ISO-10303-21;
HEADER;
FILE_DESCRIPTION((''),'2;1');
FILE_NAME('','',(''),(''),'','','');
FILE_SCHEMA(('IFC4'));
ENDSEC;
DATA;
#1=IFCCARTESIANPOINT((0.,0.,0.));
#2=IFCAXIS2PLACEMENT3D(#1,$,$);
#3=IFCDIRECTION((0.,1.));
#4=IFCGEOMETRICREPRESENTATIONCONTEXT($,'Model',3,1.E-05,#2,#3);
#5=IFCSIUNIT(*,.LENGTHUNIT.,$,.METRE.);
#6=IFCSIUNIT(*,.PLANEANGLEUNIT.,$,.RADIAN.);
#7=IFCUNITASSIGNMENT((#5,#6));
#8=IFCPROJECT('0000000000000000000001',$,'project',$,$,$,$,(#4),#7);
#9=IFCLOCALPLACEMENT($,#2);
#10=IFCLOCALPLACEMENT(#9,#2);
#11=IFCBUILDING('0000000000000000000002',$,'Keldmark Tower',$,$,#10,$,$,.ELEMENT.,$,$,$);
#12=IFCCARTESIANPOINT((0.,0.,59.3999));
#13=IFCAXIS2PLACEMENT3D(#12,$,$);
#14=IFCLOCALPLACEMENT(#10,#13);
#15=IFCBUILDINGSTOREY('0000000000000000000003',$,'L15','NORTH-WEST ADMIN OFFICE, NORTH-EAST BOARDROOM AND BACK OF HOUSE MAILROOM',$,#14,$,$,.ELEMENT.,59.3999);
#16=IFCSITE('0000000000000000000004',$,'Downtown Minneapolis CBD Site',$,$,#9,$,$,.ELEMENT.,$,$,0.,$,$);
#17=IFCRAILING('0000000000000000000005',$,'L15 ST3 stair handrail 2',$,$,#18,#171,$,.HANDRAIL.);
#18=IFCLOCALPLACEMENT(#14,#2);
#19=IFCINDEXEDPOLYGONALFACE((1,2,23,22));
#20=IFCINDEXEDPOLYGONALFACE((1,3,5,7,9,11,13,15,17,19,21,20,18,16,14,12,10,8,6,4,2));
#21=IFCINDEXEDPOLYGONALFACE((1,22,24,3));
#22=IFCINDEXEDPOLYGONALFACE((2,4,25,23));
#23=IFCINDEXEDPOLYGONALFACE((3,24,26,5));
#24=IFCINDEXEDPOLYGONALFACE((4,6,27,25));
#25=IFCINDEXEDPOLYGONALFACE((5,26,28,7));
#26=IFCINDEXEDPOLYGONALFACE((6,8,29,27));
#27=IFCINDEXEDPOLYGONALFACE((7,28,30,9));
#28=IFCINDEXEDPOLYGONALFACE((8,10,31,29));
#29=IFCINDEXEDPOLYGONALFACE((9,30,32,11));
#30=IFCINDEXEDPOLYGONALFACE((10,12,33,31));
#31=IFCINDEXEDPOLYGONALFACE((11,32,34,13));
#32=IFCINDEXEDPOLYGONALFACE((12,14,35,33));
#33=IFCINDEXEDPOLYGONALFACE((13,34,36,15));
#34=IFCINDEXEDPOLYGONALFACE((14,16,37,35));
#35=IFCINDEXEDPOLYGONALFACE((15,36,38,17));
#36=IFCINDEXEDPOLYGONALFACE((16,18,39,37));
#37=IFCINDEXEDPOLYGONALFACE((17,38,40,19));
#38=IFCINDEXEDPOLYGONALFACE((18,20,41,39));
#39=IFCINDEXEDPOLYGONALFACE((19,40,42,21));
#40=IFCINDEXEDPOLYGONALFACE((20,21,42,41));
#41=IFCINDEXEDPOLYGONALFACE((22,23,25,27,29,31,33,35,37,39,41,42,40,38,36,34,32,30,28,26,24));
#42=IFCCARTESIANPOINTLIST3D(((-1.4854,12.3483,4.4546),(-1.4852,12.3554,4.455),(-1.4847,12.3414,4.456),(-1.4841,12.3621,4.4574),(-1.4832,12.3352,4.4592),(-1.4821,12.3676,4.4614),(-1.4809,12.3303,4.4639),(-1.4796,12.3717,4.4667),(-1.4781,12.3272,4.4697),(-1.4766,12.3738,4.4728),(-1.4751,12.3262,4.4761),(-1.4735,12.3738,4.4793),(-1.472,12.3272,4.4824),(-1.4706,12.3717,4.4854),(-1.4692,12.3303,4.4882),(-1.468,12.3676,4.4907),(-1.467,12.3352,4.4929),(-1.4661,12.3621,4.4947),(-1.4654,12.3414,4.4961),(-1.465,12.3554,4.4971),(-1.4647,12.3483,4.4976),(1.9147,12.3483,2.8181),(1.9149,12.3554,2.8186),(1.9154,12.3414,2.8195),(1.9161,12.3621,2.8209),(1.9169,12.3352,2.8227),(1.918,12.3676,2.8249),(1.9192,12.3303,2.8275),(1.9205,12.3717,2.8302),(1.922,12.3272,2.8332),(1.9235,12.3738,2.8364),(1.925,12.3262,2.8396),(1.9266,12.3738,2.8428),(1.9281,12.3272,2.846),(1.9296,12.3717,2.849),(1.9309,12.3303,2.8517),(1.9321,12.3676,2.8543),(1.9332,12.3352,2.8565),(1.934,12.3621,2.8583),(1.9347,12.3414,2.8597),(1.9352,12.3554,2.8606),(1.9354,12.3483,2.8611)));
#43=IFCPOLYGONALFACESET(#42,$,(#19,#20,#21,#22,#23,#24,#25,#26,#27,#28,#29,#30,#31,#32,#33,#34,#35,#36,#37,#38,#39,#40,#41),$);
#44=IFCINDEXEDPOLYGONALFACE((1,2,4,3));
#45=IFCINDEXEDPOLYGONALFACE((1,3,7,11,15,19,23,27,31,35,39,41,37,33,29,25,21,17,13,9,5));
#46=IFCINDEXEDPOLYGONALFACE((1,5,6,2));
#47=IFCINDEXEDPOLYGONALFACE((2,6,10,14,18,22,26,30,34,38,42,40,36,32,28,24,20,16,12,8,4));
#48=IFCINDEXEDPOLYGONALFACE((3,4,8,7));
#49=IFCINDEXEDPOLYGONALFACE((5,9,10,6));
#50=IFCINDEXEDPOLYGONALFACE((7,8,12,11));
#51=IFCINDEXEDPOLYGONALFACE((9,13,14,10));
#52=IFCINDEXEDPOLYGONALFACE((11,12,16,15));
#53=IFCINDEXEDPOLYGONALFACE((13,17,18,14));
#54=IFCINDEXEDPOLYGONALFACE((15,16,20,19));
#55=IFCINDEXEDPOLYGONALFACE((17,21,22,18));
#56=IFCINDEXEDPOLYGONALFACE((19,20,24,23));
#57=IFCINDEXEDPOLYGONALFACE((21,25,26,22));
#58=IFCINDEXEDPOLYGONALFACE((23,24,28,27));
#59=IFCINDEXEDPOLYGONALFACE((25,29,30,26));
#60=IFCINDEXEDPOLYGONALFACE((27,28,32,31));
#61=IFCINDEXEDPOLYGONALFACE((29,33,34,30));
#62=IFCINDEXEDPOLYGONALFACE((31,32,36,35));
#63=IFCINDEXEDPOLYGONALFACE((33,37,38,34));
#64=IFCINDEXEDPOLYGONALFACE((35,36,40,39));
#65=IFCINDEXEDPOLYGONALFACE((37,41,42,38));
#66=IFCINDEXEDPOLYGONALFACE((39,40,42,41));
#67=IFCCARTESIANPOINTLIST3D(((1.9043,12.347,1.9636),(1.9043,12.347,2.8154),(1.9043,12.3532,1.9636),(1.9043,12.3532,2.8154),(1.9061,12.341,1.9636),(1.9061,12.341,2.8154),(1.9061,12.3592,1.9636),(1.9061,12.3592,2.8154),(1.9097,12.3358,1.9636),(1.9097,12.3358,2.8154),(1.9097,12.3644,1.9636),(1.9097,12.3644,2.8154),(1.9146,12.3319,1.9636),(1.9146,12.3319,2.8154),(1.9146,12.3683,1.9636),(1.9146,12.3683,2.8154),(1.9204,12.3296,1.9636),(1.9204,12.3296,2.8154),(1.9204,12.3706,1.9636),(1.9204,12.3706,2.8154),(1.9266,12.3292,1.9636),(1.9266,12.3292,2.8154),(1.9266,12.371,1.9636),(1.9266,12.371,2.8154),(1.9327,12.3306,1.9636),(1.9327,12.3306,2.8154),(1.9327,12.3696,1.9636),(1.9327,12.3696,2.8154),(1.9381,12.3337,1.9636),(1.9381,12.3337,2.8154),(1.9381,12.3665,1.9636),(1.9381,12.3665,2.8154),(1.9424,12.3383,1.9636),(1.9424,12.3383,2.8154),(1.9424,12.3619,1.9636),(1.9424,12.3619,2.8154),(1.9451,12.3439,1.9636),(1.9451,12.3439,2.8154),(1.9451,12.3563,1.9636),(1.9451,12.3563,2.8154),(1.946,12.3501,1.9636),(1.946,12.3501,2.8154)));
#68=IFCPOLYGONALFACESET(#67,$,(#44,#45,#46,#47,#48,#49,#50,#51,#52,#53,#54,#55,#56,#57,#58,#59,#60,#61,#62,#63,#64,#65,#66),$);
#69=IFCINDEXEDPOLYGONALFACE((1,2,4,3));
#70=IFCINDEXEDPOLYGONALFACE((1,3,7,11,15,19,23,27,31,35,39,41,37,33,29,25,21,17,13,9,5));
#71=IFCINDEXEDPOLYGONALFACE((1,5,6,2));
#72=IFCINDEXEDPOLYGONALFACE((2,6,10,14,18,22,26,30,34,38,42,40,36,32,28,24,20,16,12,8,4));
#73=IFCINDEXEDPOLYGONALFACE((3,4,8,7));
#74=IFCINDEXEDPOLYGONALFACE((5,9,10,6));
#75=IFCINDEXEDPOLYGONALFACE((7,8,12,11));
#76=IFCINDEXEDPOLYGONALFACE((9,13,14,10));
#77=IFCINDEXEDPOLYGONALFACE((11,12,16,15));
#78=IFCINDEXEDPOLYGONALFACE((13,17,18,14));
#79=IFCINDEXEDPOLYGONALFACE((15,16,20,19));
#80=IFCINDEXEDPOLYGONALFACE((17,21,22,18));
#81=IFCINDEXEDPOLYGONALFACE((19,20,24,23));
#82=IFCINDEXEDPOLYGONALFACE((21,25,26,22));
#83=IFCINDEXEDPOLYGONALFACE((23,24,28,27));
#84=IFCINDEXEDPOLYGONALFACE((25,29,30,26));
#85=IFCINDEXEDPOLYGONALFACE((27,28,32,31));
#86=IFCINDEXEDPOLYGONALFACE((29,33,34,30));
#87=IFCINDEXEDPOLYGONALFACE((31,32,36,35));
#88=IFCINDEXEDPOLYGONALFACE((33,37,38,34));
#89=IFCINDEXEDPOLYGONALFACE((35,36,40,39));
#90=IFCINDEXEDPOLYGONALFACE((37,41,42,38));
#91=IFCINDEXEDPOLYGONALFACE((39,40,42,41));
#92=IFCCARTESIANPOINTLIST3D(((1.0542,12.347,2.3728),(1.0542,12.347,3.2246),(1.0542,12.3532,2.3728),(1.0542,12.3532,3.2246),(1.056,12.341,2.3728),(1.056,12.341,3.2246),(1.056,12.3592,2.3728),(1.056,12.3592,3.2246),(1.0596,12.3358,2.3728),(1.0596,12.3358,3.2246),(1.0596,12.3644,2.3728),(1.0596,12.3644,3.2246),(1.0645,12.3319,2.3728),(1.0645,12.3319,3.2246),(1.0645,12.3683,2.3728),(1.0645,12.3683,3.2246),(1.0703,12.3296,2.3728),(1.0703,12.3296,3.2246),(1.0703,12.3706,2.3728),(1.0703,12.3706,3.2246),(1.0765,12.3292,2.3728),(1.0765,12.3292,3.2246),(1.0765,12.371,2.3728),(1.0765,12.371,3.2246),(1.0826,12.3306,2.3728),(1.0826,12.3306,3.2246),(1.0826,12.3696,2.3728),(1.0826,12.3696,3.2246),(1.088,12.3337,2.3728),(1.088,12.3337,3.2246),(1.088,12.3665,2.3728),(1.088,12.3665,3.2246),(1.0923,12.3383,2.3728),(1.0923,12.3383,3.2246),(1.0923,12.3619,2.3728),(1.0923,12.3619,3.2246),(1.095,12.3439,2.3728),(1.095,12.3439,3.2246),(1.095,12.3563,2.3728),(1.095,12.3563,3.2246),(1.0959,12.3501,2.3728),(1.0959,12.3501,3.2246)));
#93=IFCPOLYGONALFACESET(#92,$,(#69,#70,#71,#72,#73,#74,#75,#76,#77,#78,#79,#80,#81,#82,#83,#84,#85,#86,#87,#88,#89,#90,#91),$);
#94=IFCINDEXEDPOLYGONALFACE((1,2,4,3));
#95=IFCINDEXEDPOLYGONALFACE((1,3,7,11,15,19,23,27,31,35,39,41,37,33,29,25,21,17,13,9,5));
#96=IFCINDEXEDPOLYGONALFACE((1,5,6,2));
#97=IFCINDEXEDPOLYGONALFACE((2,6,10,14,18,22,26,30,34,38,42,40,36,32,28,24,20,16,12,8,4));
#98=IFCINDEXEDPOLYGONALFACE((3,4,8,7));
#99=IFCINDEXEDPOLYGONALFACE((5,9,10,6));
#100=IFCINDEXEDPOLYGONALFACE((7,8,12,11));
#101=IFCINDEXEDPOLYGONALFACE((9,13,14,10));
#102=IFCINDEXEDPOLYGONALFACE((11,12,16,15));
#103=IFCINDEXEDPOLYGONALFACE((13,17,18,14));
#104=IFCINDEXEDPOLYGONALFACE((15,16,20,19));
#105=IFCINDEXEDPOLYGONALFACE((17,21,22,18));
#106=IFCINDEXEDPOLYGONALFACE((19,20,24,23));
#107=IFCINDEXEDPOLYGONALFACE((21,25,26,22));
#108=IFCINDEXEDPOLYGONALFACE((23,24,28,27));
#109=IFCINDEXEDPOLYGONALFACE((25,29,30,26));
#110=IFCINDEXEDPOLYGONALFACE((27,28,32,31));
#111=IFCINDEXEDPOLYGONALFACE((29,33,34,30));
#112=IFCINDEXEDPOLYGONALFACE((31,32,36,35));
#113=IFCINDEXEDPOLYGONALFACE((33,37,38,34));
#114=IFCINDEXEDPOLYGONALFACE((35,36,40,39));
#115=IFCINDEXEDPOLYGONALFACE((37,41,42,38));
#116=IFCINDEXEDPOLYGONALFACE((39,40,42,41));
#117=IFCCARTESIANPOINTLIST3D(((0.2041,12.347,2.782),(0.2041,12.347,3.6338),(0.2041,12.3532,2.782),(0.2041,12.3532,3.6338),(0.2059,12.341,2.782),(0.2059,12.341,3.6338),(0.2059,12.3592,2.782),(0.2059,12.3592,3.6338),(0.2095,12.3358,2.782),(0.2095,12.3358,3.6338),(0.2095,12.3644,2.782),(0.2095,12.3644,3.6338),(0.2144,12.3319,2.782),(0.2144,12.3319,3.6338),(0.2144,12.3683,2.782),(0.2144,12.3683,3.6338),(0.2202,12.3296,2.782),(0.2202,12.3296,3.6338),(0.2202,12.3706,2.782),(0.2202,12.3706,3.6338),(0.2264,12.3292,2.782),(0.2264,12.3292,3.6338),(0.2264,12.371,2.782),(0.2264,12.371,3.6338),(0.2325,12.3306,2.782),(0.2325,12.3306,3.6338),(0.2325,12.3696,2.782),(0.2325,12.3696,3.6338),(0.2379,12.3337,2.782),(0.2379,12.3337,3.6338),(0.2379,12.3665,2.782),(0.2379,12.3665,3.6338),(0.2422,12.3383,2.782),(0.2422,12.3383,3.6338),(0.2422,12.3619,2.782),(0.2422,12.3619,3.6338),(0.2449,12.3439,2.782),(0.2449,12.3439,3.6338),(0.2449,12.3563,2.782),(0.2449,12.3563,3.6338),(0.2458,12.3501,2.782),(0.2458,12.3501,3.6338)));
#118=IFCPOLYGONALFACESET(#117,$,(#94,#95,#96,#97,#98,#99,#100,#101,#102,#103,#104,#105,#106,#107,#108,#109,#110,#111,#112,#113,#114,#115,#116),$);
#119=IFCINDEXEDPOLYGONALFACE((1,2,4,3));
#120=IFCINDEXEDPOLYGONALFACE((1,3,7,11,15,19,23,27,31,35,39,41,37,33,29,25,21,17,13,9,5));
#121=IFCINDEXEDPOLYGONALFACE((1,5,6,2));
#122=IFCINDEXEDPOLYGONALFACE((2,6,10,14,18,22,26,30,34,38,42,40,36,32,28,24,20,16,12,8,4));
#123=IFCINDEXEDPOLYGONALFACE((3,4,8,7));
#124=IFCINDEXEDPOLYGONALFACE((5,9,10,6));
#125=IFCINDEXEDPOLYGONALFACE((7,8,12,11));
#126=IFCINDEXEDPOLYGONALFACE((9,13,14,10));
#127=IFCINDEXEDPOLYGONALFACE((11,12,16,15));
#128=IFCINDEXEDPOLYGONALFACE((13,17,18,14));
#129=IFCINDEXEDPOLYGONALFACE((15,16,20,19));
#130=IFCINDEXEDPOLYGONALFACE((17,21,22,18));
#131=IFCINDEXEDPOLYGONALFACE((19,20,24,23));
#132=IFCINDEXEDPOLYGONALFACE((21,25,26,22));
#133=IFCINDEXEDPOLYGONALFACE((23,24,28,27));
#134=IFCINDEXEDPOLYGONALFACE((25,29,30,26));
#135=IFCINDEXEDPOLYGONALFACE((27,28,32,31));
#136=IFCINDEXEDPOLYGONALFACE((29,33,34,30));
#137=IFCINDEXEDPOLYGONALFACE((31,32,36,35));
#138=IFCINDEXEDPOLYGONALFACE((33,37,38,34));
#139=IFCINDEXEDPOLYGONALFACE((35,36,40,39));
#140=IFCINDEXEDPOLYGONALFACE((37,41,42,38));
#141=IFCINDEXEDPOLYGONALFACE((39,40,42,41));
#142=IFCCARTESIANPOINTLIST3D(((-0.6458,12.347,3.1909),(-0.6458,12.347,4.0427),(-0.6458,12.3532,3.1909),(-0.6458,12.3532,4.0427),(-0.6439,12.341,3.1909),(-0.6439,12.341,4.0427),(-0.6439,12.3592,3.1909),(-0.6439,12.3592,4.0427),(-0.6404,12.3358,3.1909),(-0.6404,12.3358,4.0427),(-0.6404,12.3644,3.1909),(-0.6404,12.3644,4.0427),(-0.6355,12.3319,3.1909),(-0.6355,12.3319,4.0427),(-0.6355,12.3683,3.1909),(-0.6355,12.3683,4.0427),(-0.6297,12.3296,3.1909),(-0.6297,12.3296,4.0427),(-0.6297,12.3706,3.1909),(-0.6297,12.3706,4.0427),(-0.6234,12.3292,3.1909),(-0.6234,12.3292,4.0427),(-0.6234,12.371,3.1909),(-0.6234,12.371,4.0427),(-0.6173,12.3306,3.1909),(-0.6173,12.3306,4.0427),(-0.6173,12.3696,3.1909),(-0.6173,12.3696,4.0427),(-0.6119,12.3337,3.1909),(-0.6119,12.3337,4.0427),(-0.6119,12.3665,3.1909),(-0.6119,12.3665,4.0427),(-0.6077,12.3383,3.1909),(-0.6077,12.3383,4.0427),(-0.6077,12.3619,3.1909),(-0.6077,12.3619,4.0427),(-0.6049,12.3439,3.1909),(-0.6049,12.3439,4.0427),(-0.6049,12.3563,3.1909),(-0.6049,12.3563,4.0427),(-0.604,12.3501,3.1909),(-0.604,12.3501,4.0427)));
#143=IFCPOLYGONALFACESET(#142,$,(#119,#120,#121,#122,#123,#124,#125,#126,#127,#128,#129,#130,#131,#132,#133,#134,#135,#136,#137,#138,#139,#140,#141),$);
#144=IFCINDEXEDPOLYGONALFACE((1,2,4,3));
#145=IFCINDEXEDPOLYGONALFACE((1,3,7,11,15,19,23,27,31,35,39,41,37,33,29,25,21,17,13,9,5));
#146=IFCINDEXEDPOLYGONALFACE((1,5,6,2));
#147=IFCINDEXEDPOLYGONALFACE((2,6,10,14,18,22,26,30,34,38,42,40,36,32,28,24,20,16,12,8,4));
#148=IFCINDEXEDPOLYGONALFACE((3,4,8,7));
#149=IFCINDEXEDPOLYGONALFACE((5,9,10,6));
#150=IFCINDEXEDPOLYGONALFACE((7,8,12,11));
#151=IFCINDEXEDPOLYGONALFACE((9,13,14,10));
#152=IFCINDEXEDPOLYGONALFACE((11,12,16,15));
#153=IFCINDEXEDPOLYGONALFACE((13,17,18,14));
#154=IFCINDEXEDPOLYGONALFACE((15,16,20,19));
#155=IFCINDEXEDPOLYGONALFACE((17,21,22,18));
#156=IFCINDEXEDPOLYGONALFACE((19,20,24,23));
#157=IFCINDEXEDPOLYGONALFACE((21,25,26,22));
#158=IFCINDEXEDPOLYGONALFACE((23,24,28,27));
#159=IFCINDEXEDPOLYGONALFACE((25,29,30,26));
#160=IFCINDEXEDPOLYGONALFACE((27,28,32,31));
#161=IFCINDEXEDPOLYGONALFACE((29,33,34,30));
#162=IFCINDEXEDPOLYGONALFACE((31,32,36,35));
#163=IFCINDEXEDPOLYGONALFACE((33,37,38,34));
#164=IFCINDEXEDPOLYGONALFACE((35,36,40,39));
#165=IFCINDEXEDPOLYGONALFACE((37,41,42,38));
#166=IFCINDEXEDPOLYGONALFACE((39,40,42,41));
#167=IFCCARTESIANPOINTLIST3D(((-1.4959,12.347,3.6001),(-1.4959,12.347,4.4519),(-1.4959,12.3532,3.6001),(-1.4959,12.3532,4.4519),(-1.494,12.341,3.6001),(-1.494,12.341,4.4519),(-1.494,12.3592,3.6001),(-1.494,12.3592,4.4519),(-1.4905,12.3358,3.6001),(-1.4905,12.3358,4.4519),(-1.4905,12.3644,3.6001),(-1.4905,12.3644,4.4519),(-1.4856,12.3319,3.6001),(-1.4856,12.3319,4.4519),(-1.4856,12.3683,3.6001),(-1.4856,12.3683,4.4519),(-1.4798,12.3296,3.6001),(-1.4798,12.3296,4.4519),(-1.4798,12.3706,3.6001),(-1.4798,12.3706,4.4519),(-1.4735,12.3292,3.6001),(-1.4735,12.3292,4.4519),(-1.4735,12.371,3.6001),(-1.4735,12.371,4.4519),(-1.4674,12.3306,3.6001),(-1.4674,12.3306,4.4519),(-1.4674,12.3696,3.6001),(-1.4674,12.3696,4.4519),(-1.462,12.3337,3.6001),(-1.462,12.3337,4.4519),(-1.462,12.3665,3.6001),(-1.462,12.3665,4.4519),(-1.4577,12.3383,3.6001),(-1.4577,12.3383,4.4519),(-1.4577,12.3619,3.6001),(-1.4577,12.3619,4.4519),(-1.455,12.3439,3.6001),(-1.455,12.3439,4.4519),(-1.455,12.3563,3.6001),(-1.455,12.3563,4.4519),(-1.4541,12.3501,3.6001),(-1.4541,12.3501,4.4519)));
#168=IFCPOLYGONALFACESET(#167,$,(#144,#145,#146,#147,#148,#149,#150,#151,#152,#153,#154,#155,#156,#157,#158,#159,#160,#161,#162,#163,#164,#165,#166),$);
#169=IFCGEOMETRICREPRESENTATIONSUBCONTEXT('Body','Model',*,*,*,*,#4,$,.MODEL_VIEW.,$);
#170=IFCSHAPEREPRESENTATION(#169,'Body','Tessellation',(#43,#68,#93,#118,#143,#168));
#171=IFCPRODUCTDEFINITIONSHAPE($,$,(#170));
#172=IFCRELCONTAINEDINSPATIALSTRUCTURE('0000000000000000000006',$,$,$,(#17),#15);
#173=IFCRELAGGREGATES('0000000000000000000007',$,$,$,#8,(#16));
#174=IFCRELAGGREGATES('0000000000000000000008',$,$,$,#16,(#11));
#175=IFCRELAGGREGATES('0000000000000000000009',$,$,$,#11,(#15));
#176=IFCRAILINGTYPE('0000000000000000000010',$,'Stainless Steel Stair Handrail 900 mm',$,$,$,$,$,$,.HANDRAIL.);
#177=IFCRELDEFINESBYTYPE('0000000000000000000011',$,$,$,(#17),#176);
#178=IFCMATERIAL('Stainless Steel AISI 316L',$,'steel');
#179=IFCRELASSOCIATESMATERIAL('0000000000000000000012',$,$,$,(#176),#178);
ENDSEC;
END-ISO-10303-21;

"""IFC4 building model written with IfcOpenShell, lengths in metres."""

from ifc_helpers import new_model, si_unit, direction, frame, origin, origin_2d, place, context, subcontext, project, spatial, circle, extrude, material, type_object, element, save


model = new_model("IFC4")

# Units and contexts
model_context = context("Model", 3, precision=1e-05, world=origin(), true_north=direction((0.0, 1.0)))
body_context = subcontext(model_context, "Body", "Model", "MODEL_VIEW")
ifc_project = project(units=[si_unit("LENGTHUNIT", "METRE"), si_unit("PLANEANGLEUNIT", "RADIAN")], contexts=[model_context])

# Site, building, storey
site_placement = place(None, origin())
site = spatial("IfcSite", under=ifc_project, at=site_placement, Name="Downtown Minneapolis CBD Site", CompositionType="ELEMENT", RefElevation=0.0)
building_placement = place(site_placement, origin())
building = spatial("IfcBuilding", under=site, at=building_placement, Name="Keldmark Tower", CompositionType="ELEMENT")
storey_placement = place(building_placement, frame((0.0, 0.0, 59.3999)))
storey = spatial("IfcBuildingStorey", under=building, at=storey_placement, Name="L15", Description="NORTH-WEST ADMIN OFFICE, NORTH-EAST BOARDROOM AND BACK OF HOUSE MAILROOM", CompositionType="ELEMENT", Elevation=59.3999)

# Railing
ifc_material_1 = material(Name="Stainless Steel AISI 316L", Category="steel")
railing_type_1 = type_object("IfcRailingType", Name="Stainless Steel Stair Handrail 900 mm", PredefinedType="HANDRAIL", material=ifc_material_1)
railing_1_placement = place(storey_placement, frame((1.925, 12.3501, 1.9636)))
element("IfcRailing", 1, at=railing_1_placement, inside=storey, type_object=railing_type_1, Name="L15 ST3 stair handrail 2", PredefinedType="HANDRAIL", context=body_context, shape_type="SweptSolid", body=[
    extrude(circle(Radius=0.0239, at=origin_2d()), frame((0.0, 0.0, 0.876), z_axis=(-0.901067, 0.0, 0.433679), x_axis=(0.0, -1.0, 0.0)), (0.0, 0.0, 1.0), 3.7734),
    extrude(circle(Radius=0.021, at=origin_2d()), origin(), (0.0, 0.0, 1.0), 0.8518),
    extrude(circle(Radius=0.021, at=origin_2d()), frame((-0.8501, 0.0, 0.4092)), (0.0, 0.0, 1.0), 0.8518),
    extrude(circle(Radius=0.021, at=origin_2d()), frame((-1.7002, 0.0, 0.8184)), (0.0, 0.0, 1.0), 0.8518),
    extrude(circle(Radius=0.021, at=origin_2d()), frame((-2.55, 0.0, 1.2273)), (0.0, 0.0, 1.0), 0.8518),
    extrude(circle(Radius=0.021, at=origin_2d()), frame((-3.4001, 0.0, 1.6365)), (0.0, 0.0, 1.0), 0.8518),
])

save(model, "model.ifc")
